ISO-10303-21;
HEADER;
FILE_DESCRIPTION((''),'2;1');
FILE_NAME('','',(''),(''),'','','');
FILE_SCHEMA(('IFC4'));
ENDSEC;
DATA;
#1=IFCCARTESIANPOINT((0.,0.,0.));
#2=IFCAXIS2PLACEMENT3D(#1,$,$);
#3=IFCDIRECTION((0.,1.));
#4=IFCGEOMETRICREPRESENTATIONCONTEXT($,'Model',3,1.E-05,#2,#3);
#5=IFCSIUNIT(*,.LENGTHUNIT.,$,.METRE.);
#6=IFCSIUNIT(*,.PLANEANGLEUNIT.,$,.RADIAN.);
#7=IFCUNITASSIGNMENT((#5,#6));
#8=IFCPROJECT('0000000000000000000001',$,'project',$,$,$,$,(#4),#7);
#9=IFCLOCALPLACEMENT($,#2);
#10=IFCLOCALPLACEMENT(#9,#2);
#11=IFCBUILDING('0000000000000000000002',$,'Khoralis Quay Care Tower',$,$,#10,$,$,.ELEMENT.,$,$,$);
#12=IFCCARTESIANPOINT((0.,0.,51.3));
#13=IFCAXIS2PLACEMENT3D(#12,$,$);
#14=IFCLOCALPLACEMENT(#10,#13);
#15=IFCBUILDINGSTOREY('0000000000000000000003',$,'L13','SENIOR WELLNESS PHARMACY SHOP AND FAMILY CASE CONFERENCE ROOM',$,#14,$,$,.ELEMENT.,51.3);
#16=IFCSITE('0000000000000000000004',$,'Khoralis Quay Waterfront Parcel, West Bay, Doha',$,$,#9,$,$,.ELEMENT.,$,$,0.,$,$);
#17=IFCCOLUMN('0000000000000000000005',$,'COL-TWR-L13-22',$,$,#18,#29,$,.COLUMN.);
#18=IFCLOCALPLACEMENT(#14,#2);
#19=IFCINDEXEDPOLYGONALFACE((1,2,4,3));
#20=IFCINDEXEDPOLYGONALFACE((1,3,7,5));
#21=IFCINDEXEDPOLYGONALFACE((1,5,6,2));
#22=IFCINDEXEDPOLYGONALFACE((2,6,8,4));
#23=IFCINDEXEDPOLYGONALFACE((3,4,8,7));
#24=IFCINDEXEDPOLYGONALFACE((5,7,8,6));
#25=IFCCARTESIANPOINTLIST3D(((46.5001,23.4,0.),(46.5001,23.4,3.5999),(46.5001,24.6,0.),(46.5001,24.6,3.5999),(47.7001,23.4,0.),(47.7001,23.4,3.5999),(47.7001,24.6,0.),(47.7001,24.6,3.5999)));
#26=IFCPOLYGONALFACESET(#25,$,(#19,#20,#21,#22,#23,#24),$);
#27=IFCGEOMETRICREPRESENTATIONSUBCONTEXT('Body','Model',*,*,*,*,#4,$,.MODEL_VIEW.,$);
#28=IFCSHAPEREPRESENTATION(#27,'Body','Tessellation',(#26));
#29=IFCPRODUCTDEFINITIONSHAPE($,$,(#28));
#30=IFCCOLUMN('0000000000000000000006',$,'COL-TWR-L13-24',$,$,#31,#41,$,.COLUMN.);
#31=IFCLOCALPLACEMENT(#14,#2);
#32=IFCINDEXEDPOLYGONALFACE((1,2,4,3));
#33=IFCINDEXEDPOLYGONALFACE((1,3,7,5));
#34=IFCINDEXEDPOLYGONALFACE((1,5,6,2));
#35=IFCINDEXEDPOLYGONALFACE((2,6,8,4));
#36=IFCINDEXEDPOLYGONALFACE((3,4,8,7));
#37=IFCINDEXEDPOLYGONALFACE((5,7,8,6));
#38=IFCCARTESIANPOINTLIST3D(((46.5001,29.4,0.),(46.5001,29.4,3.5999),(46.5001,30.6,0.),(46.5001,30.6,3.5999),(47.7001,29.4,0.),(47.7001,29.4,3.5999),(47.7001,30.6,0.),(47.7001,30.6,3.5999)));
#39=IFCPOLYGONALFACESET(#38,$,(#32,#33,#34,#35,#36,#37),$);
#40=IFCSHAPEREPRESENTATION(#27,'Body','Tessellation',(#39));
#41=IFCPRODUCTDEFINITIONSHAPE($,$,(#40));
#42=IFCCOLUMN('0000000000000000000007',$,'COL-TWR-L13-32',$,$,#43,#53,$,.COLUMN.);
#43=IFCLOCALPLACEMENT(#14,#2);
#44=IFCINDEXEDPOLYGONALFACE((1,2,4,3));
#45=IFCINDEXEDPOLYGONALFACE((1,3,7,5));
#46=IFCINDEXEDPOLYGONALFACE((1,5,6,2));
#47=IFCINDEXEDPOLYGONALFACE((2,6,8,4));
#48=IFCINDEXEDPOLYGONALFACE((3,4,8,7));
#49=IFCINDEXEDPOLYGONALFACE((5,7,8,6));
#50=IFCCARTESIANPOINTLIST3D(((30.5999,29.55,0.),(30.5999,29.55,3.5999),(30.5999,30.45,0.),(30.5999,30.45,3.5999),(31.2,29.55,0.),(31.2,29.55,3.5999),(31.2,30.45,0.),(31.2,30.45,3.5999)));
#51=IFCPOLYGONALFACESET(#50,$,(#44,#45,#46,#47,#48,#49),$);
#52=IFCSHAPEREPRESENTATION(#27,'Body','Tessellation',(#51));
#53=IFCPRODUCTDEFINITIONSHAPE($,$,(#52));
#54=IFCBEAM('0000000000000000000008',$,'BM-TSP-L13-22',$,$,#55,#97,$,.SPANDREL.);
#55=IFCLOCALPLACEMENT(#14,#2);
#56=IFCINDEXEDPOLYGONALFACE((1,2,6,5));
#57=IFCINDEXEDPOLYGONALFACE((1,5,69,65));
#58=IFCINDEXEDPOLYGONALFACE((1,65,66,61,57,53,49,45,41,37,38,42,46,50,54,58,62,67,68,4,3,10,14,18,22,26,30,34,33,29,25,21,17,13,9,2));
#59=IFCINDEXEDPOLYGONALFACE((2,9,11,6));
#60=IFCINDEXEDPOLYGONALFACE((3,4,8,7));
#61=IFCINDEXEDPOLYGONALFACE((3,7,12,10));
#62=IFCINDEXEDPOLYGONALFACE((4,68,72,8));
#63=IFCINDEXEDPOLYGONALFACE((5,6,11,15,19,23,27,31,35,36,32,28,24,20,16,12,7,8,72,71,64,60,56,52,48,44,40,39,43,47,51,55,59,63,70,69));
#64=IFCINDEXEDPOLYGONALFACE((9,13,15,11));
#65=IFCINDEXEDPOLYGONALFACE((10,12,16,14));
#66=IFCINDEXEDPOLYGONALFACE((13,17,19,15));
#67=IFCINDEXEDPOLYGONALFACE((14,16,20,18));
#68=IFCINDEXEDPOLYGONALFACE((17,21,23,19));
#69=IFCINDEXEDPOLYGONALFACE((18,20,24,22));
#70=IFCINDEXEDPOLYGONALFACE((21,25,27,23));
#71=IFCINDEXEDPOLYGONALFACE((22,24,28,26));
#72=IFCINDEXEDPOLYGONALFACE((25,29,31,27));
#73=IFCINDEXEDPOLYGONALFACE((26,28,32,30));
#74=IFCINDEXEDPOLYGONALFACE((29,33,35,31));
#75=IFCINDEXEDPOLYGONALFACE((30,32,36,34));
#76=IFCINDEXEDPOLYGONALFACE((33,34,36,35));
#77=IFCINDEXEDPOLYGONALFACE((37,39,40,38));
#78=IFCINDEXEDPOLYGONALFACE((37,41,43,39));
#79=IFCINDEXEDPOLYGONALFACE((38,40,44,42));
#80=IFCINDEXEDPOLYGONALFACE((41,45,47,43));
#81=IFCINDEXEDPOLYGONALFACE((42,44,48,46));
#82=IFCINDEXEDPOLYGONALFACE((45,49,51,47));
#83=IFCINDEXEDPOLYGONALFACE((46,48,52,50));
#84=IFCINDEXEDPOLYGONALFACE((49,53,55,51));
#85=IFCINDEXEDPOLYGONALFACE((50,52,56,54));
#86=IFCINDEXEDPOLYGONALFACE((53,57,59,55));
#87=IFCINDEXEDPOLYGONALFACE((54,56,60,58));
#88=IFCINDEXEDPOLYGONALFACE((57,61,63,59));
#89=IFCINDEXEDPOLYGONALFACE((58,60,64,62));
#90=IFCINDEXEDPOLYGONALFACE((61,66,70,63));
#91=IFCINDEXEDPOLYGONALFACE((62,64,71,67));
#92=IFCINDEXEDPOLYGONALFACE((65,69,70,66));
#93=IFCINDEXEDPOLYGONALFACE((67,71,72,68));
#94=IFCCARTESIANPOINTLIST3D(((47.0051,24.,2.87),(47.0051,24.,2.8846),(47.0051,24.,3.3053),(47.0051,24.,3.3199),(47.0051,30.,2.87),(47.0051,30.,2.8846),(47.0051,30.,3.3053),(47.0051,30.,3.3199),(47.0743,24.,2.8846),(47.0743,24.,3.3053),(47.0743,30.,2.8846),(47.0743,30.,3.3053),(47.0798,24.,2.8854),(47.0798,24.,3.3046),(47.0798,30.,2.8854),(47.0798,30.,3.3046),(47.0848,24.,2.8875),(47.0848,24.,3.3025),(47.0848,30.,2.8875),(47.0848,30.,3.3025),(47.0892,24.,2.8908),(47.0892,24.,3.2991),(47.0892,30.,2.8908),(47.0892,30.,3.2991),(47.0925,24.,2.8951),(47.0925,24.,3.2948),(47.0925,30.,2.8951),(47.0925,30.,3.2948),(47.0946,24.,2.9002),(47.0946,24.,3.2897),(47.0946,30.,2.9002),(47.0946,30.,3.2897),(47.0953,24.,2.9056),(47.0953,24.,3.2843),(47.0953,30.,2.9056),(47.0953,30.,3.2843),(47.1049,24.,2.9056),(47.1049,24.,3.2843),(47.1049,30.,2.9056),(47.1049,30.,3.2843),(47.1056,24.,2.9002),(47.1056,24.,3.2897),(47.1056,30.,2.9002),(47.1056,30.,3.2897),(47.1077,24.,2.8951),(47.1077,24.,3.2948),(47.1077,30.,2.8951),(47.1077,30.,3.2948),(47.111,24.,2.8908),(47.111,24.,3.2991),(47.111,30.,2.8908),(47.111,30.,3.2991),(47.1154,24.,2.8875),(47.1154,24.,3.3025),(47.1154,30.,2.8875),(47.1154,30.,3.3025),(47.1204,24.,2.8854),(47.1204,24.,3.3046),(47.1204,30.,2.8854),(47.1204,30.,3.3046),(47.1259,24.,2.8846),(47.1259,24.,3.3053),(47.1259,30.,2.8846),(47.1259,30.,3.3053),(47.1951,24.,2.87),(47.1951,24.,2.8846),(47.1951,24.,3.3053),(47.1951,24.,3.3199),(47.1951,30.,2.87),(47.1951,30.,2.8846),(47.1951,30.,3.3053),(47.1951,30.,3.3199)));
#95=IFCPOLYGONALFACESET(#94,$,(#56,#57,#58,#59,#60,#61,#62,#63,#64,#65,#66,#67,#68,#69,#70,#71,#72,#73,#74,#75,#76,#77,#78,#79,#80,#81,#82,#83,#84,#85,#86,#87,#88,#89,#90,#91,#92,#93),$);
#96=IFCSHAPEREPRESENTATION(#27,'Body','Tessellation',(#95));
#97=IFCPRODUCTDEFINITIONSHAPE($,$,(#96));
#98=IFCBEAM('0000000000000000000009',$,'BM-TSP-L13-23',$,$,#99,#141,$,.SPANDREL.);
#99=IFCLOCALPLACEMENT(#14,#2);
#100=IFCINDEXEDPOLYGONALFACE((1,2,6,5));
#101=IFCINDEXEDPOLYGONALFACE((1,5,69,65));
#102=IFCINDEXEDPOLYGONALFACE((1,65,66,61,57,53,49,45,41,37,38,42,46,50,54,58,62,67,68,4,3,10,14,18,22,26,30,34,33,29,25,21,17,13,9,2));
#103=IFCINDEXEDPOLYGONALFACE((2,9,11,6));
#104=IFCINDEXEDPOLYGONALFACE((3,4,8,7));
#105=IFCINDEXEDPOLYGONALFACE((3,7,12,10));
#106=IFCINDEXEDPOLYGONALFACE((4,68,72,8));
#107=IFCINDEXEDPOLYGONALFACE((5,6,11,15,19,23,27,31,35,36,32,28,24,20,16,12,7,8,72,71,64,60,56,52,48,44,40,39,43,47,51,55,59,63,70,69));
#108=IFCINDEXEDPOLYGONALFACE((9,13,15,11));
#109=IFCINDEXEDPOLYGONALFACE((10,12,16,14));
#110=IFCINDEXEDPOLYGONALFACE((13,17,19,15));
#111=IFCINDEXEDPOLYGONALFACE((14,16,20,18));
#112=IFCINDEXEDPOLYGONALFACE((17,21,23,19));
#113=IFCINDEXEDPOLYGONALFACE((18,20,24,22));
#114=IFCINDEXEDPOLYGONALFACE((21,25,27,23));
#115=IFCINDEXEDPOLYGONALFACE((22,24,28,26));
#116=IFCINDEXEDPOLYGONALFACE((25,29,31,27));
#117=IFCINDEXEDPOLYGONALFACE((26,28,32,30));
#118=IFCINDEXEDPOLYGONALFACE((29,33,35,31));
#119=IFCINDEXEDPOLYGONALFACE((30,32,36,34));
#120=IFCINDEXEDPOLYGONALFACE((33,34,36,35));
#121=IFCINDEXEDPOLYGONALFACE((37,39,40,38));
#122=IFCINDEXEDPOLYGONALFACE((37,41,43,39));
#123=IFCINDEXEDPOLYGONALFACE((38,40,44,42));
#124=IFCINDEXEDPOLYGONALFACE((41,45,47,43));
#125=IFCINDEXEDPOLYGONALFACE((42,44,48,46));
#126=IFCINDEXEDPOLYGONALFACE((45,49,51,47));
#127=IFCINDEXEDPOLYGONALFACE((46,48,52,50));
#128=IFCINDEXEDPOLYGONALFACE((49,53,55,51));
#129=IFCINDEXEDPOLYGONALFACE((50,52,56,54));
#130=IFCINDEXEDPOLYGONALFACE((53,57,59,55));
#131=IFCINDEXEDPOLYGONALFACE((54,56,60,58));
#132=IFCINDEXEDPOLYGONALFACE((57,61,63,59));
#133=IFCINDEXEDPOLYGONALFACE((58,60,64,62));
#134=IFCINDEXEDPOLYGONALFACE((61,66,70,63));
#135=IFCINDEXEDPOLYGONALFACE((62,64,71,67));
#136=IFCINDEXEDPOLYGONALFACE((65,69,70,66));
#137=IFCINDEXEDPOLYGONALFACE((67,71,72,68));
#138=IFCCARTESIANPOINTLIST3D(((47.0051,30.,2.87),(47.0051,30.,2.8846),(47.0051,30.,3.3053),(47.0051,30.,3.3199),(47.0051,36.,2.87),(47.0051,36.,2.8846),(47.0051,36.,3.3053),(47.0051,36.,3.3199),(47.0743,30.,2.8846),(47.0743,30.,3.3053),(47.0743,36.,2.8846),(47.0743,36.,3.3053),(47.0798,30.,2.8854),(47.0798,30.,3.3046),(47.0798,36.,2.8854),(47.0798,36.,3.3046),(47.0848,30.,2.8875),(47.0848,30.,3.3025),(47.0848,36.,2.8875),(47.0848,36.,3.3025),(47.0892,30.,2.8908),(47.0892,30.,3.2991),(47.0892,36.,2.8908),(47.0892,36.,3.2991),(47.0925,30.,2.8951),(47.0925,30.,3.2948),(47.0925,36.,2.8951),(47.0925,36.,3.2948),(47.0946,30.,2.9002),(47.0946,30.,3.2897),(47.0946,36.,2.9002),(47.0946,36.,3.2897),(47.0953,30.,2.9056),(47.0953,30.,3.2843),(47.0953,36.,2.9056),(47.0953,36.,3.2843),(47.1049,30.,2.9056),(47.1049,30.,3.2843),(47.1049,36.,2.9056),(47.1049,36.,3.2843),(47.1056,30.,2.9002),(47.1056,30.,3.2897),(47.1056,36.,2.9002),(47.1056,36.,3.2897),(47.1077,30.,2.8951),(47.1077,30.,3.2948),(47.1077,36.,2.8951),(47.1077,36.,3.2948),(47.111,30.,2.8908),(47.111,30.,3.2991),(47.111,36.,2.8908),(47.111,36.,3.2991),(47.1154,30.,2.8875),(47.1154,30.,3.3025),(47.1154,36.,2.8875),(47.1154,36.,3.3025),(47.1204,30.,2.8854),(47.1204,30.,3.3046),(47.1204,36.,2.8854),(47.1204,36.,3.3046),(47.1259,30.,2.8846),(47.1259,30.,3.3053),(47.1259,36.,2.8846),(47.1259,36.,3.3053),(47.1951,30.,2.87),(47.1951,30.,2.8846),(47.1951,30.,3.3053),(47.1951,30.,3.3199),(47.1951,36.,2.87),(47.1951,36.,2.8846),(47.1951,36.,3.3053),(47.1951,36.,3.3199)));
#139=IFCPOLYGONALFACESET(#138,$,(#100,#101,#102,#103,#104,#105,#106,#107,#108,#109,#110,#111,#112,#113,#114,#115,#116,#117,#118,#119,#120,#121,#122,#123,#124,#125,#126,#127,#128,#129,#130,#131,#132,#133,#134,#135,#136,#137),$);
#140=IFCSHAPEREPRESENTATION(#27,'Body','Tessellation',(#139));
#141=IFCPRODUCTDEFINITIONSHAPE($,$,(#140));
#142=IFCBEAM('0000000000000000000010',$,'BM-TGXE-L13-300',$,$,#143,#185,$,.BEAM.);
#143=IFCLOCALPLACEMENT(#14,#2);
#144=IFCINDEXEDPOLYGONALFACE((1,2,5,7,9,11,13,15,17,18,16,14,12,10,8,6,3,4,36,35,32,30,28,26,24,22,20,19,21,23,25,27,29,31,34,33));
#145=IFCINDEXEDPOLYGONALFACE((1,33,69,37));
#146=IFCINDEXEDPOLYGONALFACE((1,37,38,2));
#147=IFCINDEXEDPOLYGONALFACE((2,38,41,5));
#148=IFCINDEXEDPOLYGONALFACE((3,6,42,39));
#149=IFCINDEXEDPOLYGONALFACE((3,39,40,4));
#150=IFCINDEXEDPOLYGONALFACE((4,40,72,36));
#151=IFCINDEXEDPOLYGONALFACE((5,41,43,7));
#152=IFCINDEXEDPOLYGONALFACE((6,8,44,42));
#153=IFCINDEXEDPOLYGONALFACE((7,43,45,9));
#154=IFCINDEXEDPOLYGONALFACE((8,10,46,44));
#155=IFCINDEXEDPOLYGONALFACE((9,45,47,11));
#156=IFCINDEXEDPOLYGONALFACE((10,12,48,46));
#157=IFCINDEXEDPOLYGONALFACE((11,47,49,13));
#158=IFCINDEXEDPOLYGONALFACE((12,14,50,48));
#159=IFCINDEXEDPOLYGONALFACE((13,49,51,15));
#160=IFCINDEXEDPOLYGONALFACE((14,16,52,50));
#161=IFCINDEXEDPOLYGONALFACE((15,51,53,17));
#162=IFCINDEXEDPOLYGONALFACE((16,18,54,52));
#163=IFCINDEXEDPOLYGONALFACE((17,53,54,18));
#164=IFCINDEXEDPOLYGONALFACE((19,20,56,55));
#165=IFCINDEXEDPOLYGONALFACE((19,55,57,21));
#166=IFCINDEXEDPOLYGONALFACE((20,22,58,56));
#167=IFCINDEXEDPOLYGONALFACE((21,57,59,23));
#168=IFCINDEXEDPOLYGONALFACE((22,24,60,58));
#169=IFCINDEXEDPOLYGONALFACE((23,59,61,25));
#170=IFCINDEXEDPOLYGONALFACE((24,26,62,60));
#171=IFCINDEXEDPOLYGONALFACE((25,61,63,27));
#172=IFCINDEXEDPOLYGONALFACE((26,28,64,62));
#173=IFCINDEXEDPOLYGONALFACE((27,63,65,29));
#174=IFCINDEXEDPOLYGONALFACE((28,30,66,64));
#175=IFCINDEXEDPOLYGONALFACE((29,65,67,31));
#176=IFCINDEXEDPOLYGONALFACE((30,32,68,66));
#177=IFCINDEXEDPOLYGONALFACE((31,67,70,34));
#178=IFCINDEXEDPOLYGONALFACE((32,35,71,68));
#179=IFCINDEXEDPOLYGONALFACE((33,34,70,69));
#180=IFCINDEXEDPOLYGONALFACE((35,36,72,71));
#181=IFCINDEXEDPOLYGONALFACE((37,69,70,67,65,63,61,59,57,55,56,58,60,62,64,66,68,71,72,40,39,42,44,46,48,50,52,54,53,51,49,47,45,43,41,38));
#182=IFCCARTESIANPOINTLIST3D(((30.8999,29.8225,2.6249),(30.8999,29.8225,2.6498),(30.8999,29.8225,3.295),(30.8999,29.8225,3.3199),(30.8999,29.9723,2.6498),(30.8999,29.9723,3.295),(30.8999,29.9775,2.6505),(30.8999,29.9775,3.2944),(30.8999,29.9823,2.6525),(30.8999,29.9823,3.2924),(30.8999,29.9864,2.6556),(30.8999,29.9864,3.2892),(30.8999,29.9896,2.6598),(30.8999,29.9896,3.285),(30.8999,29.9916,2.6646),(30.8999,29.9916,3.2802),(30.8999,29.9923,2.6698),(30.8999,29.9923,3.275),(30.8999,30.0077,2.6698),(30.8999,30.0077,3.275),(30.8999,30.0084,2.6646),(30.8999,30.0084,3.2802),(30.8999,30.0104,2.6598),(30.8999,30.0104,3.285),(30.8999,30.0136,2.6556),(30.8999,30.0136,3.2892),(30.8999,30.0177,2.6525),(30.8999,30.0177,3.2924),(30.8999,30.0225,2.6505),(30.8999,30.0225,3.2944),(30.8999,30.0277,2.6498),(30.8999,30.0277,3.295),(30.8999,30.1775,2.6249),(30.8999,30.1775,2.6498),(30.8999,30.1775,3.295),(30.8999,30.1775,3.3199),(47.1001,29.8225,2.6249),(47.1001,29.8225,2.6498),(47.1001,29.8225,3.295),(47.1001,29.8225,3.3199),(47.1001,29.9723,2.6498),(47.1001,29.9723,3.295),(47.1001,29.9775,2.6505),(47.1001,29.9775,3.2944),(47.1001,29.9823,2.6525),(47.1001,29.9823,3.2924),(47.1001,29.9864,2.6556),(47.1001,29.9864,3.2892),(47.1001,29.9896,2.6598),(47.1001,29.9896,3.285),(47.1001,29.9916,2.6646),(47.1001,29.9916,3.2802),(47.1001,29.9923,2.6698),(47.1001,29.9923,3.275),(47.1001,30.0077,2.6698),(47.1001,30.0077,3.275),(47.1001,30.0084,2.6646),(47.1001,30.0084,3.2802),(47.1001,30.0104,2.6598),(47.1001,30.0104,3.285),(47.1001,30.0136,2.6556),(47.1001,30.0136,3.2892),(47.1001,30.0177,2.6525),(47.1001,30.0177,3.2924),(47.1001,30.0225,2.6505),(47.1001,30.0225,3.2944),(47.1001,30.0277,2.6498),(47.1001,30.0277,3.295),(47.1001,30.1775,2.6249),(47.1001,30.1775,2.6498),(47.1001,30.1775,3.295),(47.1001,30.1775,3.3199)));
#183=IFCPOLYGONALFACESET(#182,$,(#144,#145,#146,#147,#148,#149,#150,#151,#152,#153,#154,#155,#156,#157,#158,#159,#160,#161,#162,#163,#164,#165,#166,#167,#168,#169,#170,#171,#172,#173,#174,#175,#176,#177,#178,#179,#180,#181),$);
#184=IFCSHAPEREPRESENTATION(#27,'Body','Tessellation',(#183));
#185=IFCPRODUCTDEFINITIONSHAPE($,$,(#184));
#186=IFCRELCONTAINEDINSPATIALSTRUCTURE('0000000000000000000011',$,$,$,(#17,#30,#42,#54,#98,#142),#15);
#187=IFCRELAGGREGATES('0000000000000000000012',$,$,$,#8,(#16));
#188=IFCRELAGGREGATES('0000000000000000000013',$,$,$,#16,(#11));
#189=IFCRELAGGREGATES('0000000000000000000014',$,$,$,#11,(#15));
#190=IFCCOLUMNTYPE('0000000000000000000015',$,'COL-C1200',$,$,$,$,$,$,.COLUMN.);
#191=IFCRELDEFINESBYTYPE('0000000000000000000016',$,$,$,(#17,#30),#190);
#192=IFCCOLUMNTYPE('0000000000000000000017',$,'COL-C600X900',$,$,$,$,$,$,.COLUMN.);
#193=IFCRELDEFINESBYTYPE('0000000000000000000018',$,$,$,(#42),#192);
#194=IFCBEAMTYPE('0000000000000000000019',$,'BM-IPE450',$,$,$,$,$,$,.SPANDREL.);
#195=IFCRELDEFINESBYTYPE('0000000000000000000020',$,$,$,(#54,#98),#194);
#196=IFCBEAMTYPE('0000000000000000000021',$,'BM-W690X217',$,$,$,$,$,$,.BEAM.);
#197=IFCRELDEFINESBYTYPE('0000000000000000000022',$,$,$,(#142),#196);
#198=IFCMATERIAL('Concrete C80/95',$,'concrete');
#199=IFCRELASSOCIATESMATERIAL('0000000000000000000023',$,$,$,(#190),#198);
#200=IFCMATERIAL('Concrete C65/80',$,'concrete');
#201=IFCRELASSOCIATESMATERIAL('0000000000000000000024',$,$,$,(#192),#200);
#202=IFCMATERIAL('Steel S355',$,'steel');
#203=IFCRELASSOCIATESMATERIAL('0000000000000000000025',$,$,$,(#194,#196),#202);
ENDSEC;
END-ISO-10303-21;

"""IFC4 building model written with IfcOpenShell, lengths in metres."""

from ifc_helpers import new_model, si_unit, direction, frame, origin, origin_2d, place, context, subcontext, project, spatial, rectangle, i_section, extrude, source, transform, mapped, material, material_profile, profile_set, type_object, element, save


model = new_model("IFC4")

# Units and contexts
model_context = context("Model", 3, precision=1e-05, world=origin(), true_north=direction((0.0, 1.0)))
body_context = subcontext(model_context, "Body", "Model", "MODEL_VIEW")
ifc_project = project(units=[si_unit("LENGTHUNIT", "METRE"), si_unit("PLANEANGLEUNIT", "RADIAN")], contexts=[model_context])

# Site, building, storey
site_placement = place(None, origin())
site = spatial("IfcSite", under=ifc_project, at=site_placement, Name="Khoralis Quay Waterfront Parcel, West Bay, Doha", CompositionType="ELEMENT", RefElevation=0.0)
building_placement = place(site_placement, origin())
building = spatial("IfcBuilding", under=site, at=building_placement, Name="Khoralis Quay Care Tower", CompositionType="ELEMENT")
storey_placement = place(building_placement, frame((0.0, 0.0, 51.3)))
storey = spatial("IfcBuildingStorey", under=building, at=storey_placement, Name="L13", Description="SENIOR WELLNESS PHARMACY SHOP AND FAMILY CASE CONFERENCE ROOM", CompositionType="ELEMENT", Elevation=51.3)

# Columns
ifc_material_1 = material(Name="Concrete C80/95", Category="concrete")
ifc_material_profile_1 = material_profile(ifc_material_1, rectangle(XDim=1.2, YDim=1.2, at=origin_2d()), Name="Concrete C80/95")
ifc_profile_set_1 = profile_set([ifc_material_profile_1], Name="Concrete C80/95")
column_type_1 = type_object("IfcColumnType", Name="COL-C1200", PredefinedType="COLUMN", material=ifc_profile_set_1)
shared_shape_1 = source(origin(), body_context, "Body", "SweptSolid", [
    extrude(rectangle(XDim=1.2, YDim=1.2, at=origin_2d()), origin(), (0.0, 0.0, 1.0), 3.5999),
])
for number, where, z_axis, x_axis, name in (
    (1, (47.1001, 24.0, 0.0), (0.0, 0.0, 1.0), (1.0, 0.0, 0.0), "COL-TWR-L13-22"),
    (2, (47.1001, 30.0, 0.0), (0.0, 0.0, 1.0), (1.0, 0.0, 0.0), "COL-TWR-L13-24"),
):
    element("IfcColumn", number, at=place(storey_placement, frame(where, z_axis=z_axis, x_axis=x_axis)), inside=storey, type_object=column_type_1, Name=name, PredefinedType="COLUMN", context=body_context, shape_type="MappedRepresentation", body=[
        mapped(shared_shape_1, transform((0.0, 0.0, 0.0), scale=1.0)),
    ])
ifc_material_2 = material(Name="Concrete C65/80", Category="concrete")
ifc_material_profile_2 = material_profile(ifc_material_2, rectangle(XDim=0.6001, YDim=0.8999, at=origin_2d()), Name="Concrete C65/80")
ifc_profile_set_2 = profile_set([ifc_material_profile_2], Name="Concrete C65/80")
column_type_2 = type_object("IfcColumnType", Name="COL-C600X900", PredefinedType="COLUMN", material=ifc_profile_set_2)
shared_shape_2 = source(origin(), body_context, "Body", "SweptSolid", [
    extrude(rectangle(XDim=0.6001, YDim=0.8999, at=origin_2d()), origin(), (0.0, 0.0, 1.0), 3.5999),
])
column_placement = place(storey_placement, frame((30.8999, 30.0, 0.0), z_axis=(0.0, 0.0, 1.0), x_axis=(1.0, 0.0, 0.0)))
element("IfcColumn", 3, at=column_placement, inside=storey, type_object=column_type_2, Name="COL-TWR-L13-32", PredefinedType="COLUMN", context=body_context, shape_type="MappedRepresentation", body=[
    mapped(shared_shape_2, transform((0.0, 0.0, 0.0), scale=1.0)),
])

# Beams
ifc_material_3 = material(Name="Steel S355", Category="steel")
ifc_material_profile_3 = material_profile(ifc_material_3, i_section(OverallWidth=0.1899, OverallDepth=0.45, WebThickness=0.0095, FlangeThickness=0.0146, FilletRadius=0.021, at=origin_2d()), Name="Steel S355")
ifc_profile_set_3 = profile_set([ifc_material_profile_3], Name="Steel S355")
beam_type_1 = type_object("IfcBeamType", Name="BM-IPE450", PredefinedType="SPANDREL", material=ifc_profile_set_3)
shared_shape_3 = source(origin(), body_context, "Body", "SweptSolid", [
    extrude(i_section(OverallWidth=0.1899, OverallDepth=0.45, WebThickness=0.0095, FlangeThickness=0.0146, FilletRadius=0.021, at=origin_2d()), origin(), (0.0, 0.0, 1.0), 6.0),
])
for number, where, z_axis, x_axis, name in (
    (4, (47.1001, 24.0, 3.095), (0.0, 1.0, 0.0), (-1.0, 0.0, 0.0), "BM-TSP-L13-22"),
    (5, (47.1001, 30.0, 3.095), (0.0, 1.0, 0.0), (-1.0, 0.0, 0.0), "BM-TSP-L13-23"),
):
    element("IfcBeam", number, at=place(storey_placement, frame(where, z_axis=z_axis, x_axis=x_axis)), inside=storey, type_object=beam_type_1, Name=name, PredefinedType="SPANDREL", context=body_context, shape_type="MappedRepresentation", body=[
        mapped(shared_shape_3, transform((0.0, 0.0, 0.0), scale=1.0)),
    ])
ifc_material_profile_4 = material_profile(ifc_material_3, i_section(OverallWidth=0.355, OverallDepth=0.6951, WebThickness=0.0154, FlangeThickness=0.0249, FilletRadius=0.02, at=origin_2d()), Name="Steel S355")
ifc_profile_set_4 = profile_set([ifc_material_profile_4], Name="Steel S355")
beam_type_2 = type_object("IfcBeamType", Name="BM-W690X217", PredefinedType="BEAM", material=ifc_profile_set_4)
shared_shape_4 = source(origin(), body_context, "Body", "SweptSolid", [
    extrude(i_section(OverallWidth=0.355, OverallDepth=0.6951, WebThickness=0.0154, FlangeThickness=0.0249, FilletRadius=0.02, at=origin_2d()), origin(), (0.0, 0.0, 1.0), 16.2002),
])
beam_1_placement = place(storey_placement, frame((30.8999, 30.0, 2.9724), z_axis=(1.0, 0.0, 0.0), x_axis=(0.0, 1.0, 0.0)))
element("IfcBeam", 6, at=beam_1_placement, inside=storey, type_object=beam_type_2, Name="BM-TGXE-L13-300", PredefinedType="BEAM", context=body_context, shape_type="MappedRepresentation", body=[
    mapped(shared_shape_4, transform((0.0, 0.0, 0.0), scale=1.0)),
])

save(model, "model.ifc")
